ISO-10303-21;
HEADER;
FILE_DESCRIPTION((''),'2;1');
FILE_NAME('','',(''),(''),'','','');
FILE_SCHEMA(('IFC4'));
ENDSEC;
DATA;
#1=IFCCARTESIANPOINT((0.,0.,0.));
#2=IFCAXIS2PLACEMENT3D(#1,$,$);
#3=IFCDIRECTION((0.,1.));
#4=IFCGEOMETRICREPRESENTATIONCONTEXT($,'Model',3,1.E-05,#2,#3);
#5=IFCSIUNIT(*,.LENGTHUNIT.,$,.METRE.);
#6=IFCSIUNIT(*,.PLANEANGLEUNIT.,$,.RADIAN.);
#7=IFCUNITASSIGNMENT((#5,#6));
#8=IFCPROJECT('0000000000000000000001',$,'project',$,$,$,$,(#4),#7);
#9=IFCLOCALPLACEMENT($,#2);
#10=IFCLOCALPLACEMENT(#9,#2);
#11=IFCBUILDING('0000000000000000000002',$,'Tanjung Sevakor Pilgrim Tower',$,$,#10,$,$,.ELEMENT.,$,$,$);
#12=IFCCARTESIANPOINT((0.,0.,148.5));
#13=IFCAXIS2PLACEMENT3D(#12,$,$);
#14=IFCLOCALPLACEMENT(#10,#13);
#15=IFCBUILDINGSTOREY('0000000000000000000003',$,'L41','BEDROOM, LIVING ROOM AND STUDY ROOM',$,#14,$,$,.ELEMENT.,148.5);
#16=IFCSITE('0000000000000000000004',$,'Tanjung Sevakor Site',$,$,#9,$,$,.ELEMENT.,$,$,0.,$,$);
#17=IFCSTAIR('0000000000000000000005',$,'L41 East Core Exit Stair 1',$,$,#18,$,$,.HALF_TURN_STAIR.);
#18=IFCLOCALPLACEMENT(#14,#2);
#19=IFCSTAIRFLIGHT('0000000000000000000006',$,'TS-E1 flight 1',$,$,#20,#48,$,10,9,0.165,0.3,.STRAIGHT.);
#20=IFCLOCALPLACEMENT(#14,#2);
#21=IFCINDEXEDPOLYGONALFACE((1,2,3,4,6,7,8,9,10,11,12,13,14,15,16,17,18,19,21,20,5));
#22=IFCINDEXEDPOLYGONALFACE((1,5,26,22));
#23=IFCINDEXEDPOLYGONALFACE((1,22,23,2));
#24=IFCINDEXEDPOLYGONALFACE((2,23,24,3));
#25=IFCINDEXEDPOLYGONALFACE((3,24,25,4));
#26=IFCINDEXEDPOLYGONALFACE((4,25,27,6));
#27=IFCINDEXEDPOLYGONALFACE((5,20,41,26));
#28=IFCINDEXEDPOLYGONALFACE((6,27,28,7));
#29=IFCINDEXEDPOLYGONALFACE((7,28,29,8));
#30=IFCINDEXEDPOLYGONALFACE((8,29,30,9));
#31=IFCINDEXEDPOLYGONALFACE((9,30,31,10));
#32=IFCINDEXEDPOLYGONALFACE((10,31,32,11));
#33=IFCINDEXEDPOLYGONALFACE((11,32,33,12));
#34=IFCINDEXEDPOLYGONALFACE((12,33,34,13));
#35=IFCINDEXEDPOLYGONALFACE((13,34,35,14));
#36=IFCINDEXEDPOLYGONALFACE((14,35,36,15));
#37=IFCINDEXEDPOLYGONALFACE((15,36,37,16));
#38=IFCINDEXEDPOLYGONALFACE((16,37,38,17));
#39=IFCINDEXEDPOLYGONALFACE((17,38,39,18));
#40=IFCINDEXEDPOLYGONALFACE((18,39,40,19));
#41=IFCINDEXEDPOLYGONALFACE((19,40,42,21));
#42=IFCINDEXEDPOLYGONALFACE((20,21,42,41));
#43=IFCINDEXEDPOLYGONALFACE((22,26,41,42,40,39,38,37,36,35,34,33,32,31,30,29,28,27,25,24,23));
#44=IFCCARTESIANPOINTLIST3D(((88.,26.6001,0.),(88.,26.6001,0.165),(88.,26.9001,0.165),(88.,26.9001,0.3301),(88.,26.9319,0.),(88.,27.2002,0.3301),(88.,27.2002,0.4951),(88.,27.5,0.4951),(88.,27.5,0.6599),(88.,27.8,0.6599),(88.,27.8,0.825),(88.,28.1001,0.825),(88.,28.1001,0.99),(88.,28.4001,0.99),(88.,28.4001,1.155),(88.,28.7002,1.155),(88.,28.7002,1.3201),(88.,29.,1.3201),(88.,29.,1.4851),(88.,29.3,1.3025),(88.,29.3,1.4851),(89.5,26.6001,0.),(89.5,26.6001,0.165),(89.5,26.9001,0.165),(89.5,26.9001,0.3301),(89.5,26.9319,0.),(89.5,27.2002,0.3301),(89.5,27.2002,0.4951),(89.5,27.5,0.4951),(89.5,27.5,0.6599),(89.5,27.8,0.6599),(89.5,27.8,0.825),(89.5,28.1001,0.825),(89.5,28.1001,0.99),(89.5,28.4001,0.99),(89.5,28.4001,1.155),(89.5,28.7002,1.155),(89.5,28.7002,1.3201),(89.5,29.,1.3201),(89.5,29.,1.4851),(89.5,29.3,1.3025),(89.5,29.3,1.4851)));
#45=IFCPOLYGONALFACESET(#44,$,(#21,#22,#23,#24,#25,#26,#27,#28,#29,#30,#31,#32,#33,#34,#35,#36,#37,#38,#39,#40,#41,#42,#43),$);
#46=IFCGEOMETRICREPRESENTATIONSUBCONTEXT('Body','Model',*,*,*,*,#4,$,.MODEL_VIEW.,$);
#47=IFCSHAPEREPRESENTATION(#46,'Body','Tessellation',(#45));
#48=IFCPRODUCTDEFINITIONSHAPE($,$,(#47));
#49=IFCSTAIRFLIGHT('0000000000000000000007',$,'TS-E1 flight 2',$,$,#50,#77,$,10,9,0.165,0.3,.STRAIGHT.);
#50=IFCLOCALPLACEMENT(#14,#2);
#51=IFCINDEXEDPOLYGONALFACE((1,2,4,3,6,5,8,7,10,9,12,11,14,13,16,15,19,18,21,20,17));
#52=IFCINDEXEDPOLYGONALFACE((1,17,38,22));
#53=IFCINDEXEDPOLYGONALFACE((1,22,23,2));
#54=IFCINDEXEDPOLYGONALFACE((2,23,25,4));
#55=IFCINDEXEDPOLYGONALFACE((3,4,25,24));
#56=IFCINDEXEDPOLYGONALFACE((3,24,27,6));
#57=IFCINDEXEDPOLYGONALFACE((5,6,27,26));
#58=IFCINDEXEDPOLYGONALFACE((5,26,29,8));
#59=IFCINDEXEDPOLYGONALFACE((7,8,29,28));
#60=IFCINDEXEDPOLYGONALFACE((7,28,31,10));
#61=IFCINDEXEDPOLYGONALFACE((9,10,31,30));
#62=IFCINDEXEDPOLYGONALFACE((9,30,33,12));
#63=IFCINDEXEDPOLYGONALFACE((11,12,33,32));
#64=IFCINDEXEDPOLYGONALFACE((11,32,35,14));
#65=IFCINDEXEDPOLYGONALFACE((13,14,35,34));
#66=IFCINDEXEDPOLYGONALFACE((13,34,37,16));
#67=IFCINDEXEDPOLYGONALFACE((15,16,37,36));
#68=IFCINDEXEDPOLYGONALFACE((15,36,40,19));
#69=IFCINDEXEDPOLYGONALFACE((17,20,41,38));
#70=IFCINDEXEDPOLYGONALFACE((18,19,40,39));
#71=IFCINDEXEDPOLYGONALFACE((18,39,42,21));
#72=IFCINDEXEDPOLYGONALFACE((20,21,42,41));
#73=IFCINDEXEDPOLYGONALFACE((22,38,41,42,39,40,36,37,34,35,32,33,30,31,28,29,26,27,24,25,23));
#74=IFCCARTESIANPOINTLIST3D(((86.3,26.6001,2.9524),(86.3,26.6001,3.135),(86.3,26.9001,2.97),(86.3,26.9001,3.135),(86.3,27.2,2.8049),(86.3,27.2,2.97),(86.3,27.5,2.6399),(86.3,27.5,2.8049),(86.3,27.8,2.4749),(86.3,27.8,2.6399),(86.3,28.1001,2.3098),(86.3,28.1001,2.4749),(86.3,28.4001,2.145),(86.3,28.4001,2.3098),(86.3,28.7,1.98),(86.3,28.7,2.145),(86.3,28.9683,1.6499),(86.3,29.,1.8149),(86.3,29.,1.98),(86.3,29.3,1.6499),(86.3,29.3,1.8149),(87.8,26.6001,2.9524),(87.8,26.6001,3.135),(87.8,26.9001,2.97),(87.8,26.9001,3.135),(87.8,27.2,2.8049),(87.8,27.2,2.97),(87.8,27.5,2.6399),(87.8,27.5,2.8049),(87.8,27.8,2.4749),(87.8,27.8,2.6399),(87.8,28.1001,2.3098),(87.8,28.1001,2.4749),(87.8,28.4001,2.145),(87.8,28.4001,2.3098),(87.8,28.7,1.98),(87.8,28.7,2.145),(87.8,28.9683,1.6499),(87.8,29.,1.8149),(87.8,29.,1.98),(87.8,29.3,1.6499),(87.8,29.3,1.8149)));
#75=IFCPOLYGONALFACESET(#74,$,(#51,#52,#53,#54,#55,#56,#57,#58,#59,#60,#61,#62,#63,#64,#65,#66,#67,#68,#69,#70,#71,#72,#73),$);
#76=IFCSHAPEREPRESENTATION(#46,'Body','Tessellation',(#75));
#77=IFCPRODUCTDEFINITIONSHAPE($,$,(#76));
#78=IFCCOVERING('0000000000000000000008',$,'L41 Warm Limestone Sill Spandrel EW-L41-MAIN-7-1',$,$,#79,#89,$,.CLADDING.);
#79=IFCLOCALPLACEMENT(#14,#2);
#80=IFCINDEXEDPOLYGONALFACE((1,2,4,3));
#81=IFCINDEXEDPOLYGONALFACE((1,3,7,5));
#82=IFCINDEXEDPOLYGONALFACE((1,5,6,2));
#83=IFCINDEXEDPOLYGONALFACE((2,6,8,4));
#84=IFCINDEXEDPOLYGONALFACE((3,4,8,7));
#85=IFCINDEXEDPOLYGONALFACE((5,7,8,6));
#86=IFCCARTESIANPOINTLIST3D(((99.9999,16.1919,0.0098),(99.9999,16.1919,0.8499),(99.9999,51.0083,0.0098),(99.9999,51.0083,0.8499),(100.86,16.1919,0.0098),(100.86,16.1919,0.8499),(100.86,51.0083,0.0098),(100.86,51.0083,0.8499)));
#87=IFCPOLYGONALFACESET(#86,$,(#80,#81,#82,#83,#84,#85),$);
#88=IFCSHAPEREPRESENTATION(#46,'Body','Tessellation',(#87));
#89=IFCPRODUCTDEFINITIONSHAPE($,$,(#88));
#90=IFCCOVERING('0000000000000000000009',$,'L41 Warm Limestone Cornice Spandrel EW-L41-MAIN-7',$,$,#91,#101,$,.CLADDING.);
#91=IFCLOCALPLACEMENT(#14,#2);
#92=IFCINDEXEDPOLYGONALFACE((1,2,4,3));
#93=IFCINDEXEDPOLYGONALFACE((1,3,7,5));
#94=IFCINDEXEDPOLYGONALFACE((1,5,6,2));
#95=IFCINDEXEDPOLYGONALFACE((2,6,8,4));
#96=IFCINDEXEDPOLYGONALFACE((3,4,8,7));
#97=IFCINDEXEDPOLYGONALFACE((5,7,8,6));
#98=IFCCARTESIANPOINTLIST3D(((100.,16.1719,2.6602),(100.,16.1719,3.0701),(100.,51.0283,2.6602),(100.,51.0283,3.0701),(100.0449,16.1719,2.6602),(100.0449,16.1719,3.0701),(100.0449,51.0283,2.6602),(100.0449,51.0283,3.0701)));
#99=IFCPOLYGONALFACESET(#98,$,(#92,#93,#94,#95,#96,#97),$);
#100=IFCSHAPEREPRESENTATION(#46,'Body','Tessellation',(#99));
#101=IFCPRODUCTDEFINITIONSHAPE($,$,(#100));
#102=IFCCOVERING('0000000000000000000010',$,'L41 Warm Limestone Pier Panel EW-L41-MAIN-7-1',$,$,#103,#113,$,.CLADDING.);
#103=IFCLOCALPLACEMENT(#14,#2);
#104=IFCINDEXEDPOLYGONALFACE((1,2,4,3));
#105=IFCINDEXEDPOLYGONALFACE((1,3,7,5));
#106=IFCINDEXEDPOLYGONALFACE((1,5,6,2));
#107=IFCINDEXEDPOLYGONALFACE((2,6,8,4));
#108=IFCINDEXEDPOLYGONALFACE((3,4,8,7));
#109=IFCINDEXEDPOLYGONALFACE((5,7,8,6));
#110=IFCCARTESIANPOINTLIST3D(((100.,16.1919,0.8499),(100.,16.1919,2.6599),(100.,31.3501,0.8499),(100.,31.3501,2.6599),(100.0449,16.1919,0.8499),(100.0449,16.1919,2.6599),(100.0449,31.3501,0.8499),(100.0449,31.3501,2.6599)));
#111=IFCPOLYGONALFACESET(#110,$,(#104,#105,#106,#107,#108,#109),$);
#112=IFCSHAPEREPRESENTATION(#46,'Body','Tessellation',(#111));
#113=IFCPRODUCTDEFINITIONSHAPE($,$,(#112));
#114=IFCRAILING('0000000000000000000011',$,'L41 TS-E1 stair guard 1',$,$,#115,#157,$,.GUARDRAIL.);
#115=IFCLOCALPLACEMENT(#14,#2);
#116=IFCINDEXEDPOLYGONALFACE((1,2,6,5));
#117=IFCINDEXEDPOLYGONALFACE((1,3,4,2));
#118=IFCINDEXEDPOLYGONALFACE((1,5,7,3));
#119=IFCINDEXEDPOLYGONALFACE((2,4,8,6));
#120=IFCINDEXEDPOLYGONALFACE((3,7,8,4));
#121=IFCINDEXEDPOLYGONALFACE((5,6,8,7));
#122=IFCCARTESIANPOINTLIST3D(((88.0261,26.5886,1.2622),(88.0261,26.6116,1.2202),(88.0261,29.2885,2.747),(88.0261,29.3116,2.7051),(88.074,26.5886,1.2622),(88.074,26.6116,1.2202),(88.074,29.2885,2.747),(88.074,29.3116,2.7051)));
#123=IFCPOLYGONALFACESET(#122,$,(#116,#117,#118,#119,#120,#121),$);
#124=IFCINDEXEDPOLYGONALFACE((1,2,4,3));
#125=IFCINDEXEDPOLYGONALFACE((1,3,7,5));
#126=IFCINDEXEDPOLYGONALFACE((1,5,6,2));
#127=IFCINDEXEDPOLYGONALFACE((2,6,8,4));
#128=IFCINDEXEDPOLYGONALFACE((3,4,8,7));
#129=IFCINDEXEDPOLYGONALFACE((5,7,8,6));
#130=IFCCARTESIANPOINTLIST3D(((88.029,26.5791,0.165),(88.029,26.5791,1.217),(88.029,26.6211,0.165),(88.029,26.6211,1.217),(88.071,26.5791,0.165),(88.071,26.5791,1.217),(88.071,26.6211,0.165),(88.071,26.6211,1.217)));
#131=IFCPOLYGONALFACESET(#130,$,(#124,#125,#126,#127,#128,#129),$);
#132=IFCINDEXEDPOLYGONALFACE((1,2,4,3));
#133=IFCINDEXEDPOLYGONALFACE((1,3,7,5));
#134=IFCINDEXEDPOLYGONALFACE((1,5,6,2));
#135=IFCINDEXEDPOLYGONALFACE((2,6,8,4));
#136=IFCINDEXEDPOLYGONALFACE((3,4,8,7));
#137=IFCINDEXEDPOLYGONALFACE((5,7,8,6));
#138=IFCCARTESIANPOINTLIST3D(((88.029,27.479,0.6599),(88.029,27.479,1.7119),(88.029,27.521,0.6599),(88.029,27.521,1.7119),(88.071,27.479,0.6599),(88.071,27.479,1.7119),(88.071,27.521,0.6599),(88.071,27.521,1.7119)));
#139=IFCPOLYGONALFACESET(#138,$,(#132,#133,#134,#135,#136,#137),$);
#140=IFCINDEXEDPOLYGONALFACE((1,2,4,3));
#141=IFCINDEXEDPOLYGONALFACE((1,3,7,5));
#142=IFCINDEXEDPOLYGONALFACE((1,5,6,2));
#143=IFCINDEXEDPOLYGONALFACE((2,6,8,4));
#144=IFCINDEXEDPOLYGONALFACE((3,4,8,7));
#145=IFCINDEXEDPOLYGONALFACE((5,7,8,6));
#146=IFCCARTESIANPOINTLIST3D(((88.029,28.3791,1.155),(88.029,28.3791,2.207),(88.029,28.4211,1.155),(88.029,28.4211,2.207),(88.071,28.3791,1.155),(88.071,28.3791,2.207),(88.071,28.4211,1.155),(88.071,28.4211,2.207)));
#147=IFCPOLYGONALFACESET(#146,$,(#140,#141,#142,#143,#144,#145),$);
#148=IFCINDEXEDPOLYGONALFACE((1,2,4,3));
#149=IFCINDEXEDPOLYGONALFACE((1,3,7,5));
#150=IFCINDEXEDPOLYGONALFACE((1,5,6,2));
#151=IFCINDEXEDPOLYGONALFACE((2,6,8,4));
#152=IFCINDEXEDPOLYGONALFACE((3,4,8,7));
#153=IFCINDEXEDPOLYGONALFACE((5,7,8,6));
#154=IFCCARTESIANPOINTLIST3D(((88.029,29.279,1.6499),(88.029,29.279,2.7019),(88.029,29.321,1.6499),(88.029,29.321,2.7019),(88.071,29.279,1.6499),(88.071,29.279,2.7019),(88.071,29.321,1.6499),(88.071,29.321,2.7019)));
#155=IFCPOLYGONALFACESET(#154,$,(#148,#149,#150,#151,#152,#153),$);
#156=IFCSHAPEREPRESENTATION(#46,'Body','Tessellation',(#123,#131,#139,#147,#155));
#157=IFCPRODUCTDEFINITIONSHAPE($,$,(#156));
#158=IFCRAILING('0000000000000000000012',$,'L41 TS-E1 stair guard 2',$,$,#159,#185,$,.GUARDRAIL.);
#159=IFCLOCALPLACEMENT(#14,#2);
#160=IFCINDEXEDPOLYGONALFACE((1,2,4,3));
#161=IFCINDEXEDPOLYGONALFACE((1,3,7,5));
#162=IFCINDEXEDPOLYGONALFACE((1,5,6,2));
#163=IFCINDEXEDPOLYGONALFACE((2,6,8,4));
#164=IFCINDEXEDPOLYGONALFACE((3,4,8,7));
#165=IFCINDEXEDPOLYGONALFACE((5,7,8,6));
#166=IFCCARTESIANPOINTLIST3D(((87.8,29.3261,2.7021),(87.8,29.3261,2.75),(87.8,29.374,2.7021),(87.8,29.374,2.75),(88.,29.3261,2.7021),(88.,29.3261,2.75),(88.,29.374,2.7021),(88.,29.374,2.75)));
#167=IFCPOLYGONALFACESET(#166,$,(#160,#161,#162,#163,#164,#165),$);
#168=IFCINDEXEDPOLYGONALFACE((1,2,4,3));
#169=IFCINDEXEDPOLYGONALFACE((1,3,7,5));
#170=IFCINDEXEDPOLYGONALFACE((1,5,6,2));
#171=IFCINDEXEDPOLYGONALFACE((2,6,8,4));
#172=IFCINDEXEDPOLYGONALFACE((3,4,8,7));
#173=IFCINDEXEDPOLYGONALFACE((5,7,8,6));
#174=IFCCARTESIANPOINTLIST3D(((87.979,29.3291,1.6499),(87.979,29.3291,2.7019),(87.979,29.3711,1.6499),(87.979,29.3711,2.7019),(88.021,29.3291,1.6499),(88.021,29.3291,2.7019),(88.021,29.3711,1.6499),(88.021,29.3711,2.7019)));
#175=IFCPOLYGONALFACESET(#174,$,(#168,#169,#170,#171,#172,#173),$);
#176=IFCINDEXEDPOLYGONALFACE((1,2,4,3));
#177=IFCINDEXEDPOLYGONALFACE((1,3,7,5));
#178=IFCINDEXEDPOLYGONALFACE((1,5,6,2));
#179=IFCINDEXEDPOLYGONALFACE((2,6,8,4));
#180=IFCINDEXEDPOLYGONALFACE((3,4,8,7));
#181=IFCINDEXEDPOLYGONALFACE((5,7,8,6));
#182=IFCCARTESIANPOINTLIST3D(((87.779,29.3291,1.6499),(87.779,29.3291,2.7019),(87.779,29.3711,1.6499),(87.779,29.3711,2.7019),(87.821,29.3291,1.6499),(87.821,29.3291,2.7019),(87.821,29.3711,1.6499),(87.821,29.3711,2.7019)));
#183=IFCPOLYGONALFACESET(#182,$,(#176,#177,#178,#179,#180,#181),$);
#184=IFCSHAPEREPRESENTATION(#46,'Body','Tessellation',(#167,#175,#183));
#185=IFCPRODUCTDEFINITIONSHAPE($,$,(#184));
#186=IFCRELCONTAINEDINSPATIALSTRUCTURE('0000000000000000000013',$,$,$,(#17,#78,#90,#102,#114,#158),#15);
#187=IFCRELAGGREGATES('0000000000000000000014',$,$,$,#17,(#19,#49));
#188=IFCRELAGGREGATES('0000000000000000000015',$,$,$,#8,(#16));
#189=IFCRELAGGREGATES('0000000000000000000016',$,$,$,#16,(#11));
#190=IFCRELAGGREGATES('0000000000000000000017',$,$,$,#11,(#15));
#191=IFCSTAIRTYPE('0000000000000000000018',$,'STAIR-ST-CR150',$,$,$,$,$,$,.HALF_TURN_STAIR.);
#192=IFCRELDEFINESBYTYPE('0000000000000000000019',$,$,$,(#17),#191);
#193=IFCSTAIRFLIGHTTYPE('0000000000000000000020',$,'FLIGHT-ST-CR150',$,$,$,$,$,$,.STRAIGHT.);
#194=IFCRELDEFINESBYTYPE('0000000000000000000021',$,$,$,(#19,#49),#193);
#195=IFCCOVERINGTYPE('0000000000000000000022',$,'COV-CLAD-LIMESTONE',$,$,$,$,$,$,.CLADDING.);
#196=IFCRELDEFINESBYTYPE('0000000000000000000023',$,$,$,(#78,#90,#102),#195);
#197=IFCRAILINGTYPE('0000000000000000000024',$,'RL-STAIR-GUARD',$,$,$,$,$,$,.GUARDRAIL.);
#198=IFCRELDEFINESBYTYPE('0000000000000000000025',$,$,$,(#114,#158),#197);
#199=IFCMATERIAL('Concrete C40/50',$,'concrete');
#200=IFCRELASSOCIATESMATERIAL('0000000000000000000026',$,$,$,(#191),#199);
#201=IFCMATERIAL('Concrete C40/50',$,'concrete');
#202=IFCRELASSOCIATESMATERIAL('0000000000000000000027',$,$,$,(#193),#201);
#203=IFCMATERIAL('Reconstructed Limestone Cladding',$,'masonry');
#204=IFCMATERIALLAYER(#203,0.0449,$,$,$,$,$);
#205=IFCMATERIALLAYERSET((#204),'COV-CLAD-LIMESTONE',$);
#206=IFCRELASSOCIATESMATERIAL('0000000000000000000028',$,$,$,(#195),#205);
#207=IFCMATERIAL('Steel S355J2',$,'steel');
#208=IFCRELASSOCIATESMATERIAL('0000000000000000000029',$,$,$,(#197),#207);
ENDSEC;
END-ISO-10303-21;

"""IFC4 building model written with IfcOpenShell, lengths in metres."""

from ifc_helpers import new_model, si_unit, direction, frame, origin, origin_2d, place, context, subcontext, project, spatial, polyline, rectangle, outline, extrude, material, layer, layer_set, type_object, element, aggregate, save


model = new_model("IFC4")

# Units and contexts
model_context = context("Model", 3, precision=1e-05, world=origin(), true_north=direction((0.0, 1.0)))
body_context = subcontext(model_context, "Body", "Model", "MODEL_VIEW")
ifc_project = project(units=[si_unit("LENGTHUNIT", "METRE"), si_unit("PLANEANGLEUNIT", "RADIAN")], contexts=[model_context])

# Site, building, storey
site_placement = place(None, origin())
site = spatial("IfcSite", under=ifc_project, at=site_placement, Name="Tanjung Sevakor Site", CompositionType="ELEMENT", RefElevation=0.0)
building_placement = place(site_placement, origin())
building = spatial("IfcBuilding", under=site, at=building_placement, Name="Tanjung Sevakor Pilgrim Tower", CompositionType="ELEMENT")
storey_placement = place(building_placement, frame((0.0, 0.0, 148.5)))
storey = spatial("IfcBuildingStorey", under=building, at=storey_placement, Name="L41", Description="BEDROOM, LIVING ROOM AND STUDY ROOM", CompositionType="ELEMENT", Elevation=148.5)

# Stair, stair flights
ifc_material_1 = material(Name="Concrete C40/50", Category="concrete")
stair_type = type_object("IfcStairType", Name="STAIR-ST-CR150", PredefinedType="HALF_TURN_STAIR", material=ifc_material_1)
stair_placement = place(storey_placement, origin())
stair = element("IfcStair", 1, at=stair_placement, inside=storey, type_object=stair_type, Name="L41 East Core Exit Stair 1", PredefinedType="HALF_TURN_STAIR")
ifc_material_2 = material(Name="Concrete C40/50", Category="concrete")
stair_flight_type = type_object("IfcStairFlightType", Name="FLIGHT-ST-CR150", PredefinedType="STRAIGHT", material=ifc_material_2)
stair_flight_1_placement = place(storey_placement, frame((88.75, 26.6001, 0.0), z_axis=(0.0, 0.0, 1.0), x_axis=(0.0, 1.0, 0.0)))
stair_flight_1 = element("IfcStairFlight", 2, at=stair_flight_1_placement, type_object=stair_flight_type, Name="TS-E1 flight 1", NumberOfRisers=10, NumberOfTreads=9, PredefinedType="STRAIGHT", RiserHeight=0.165, TreadLength=0.3, context=body_context, shape_type="SweptSolid", body=[
    extrude(outline(polyline([(0.0, 0.0), (0.0, 0.165), (0.3, 0.165), (0.3, 0.3301), (0.6001, 0.3301), (0.6001, 0.4951), (0.8999, 0.4951), (0.8999, 0.6599), (1.2, 0.6599), (1.2, 0.825), (1.5, 0.825), (1.5, 0.99), (1.8, 0.99), (1.8, 1.155), (2.1001, 1.155), (2.1001, 1.3201), (2.3999, 1.3201), (2.3999, 1.4851), (2.7, 1.4851), (2.7, 1.6499), (2.7, 1.3025), (0.3318, 0.0), (0.0, 0.0)])), frame((0.0, 0.75, 0.0), z_axis=(0.0, -1.0, 0.0), x_axis=(1.0, 0.0, 0.0)), (0.0, 0.0, 1.0), 1.5),
])
stair_flight_2_placement = place(storey_placement, frame((87.05, 29.3, 1.6499), z_axis=(0.0, 0.0, 1.0), x_axis=(0.0, -1.0, 0.0)))
stair_flight_2 = element("IfcStairFlight", 3, at=stair_flight_2_placement, type_object=stair_flight_type, Name="TS-E1 flight 2", NumberOfRisers=10, NumberOfTreads=9, PredefinedType="STRAIGHT", RiserHeight=0.165, TreadLength=0.3, context=body_context, shape_type="SweptSolid", body=[
    extrude(outline(polyline([(0.0, 0.0), (0.0, 0.165), (0.3, 0.165), (0.3, 0.3301), (0.6001, 0.3301), (0.6001, 0.4951), (0.8999, 0.4951), (0.8999, 0.6599), (1.2, 0.6599), (1.2, 0.825), (1.5, 0.825), (1.5, 0.99), (1.8, 0.99), (1.8, 1.155), (2.1001, 1.155), (2.1001, 1.3201), (2.3999, 1.3201), (2.3999, 1.4851), (2.7, 1.4851), (2.7, 1.6499), (2.7, 1.3025), (0.3318, 0.0), (0.0, 0.0)])), frame((0.0, 0.75, 0.0), z_axis=(0.0, -1.0, 0.0), x_axis=(1.0, 0.0, 0.0)), (0.0, 0.0, 1.0), 1.5),
])
aggregate(stair, [stair_flight_1, stair_flight_2])

# Coverings
ifc_material_3 = material(Name="Reconstructed Limestone Cladding", Category="masonry")
ifc_layer_1 = layer(ifc_material_3, 0.0449)
ifc_layer_set_1 = layer_set([ifc_layer_1], Name="COV-CLAD-LIMESTONE")
covering_type = type_object("IfcCoveringType", Name="COV-CLAD-LIMESTONE", PredefinedType="CLADDING", material=ifc_layer_set_1)
covering_1_placement = place(storey_placement, frame((100.4299, 33.6001, 0.0098), z_axis=(0.0, 0.0, 1.0), x_axis=(0.0, 1.0, 0.0)))
element("IfcCovering", 4, at=covering_1_placement, inside=storey, type_object=covering_type, Name="L41 Warm Limestone Sill Spandrel EW-L41-MAIN-7-1", PredefinedType="CLADDING", context=body_context, shape_type="SweptSolid", body=[
    extrude(rectangle(XDim=34.8164, YDim=0.8601, at=origin_2d()), origin(), (0.0, 0.0, 1.0), 0.8401),
])
covering_2_placement = place(storey_placement, frame((100.0225, 33.6001, 2.6602), z_axis=(0.0, 0.0, 1.0), x_axis=(0.0, 1.0, 0.0)))
element("IfcCovering", 5, at=covering_2_placement, inside=storey, type_object=covering_type, Name="L41 Warm Limestone Cornice Spandrel EW-L41-MAIN-7", PredefinedType="CLADDING", context=body_context, shape_type="SweptSolid", body=[
    extrude(rectangle(XDim=34.8564, YDim=0.0449, at=origin_2d()), origin(), (0.0, 0.0, 1.0), 0.4099),
])
covering_3_placement = place(storey_placement, frame((100.0225, 23.771, 0.8499), z_axis=(0.0, 0.0, 1.0), x_axis=(0.0, 1.0, 0.0)))
element("IfcCovering", 6, at=covering_3_placement, inside=storey, type_object=covering_type, Name="L41 Warm Limestone Pier Panel EW-L41-MAIN-7-1", PredefinedType="CLADDING", context=body_context, shape_type="SweptSolid", body=[
    extrude(rectangle(XDim=15.1582, YDim=0.0449, at=origin_2d()), origin(), (0.0, 0.0, 1.0), 1.8101),
])

# Railings
ifc_material_4 = material(Name="Steel S355J2", Category="steel")
railing_type_1 = type_object("IfcRailingType", Name="RL-STAIR-GUARD", PredefinedType="GUARDRAIL", material=ifc_material_4)
railing_1_placement = place(storey_placement, frame((88.05, 26.6001, 0.165)))
element("IfcRailing", 7, at=railing_1_placement, inside=storey, type_object=railing_type_1, Name="L41 TS-E1 stair guard 1", PredefinedType="GUARDRAIL", context=body_context, shape_type="SweptSolid", body=[
    extrude(rectangle(XDim=0.0479, YDim=0.0479), frame((0.0, 0.0, 1.0762), z_axis=(0.0, 0.876231, 0.481891), x_axis=(-1.0, 0.0, 0.0)), (0.0, 0.0, 1.0), 3.0813),
    extrude(rectangle(XDim=0.042, YDim=0.042), origin(), (0.0, 0.0, 1.0), 1.052),
    extrude(rectangle(XDim=0.042, YDim=0.042), frame((0.0, 0.8999, 0.4949)), (0.0, 0.0, 1.0), 1.052),
    extrude(rectangle(XDim=0.042, YDim=0.042), frame((0.0, 1.8, 0.99)), (0.0, 0.0, 1.0), 1.052),
    extrude(rectangle(XDim=0.042, YDim=0.042), frame((0.0, 2.7, 1.4849)), (0.0, 0.0, 1.0), 1.052),
])
railing_2_placement = place(storey_placement, frame((88.0, 29.3501, 1.6499)))
element("IfcRailing", 8, at=railing_2_placement, inside=storey, type_object=railing_type_1, Name="L41 TS-E1 stair guard 2", PredefinedType="GUARDRAIL", context=body_context, shape_type="SweptSolid", body=[
    extrude(rectangle(XDim=0.0479, YDim=0.0479), frame((0.0, 0.0, 1.0762), z_axis=(-1.0, 0.0, 0.0), x_axis=(0.0, -1.0, 0.0)), (0.0, 0.0, 1.0), 0.2),
    extrude(rectangle(XDim=0.042, YDim=0.042), origin(), (0.0, 0.0, 1.0), 1.052),
    extrude(rectangle(XDim=0.042, YDim=0.042), frame((-0.2, 0.0, 0.0)), (0.0, 0.0, 1.0), 1.052),
])

save(model, "model.ifc")
